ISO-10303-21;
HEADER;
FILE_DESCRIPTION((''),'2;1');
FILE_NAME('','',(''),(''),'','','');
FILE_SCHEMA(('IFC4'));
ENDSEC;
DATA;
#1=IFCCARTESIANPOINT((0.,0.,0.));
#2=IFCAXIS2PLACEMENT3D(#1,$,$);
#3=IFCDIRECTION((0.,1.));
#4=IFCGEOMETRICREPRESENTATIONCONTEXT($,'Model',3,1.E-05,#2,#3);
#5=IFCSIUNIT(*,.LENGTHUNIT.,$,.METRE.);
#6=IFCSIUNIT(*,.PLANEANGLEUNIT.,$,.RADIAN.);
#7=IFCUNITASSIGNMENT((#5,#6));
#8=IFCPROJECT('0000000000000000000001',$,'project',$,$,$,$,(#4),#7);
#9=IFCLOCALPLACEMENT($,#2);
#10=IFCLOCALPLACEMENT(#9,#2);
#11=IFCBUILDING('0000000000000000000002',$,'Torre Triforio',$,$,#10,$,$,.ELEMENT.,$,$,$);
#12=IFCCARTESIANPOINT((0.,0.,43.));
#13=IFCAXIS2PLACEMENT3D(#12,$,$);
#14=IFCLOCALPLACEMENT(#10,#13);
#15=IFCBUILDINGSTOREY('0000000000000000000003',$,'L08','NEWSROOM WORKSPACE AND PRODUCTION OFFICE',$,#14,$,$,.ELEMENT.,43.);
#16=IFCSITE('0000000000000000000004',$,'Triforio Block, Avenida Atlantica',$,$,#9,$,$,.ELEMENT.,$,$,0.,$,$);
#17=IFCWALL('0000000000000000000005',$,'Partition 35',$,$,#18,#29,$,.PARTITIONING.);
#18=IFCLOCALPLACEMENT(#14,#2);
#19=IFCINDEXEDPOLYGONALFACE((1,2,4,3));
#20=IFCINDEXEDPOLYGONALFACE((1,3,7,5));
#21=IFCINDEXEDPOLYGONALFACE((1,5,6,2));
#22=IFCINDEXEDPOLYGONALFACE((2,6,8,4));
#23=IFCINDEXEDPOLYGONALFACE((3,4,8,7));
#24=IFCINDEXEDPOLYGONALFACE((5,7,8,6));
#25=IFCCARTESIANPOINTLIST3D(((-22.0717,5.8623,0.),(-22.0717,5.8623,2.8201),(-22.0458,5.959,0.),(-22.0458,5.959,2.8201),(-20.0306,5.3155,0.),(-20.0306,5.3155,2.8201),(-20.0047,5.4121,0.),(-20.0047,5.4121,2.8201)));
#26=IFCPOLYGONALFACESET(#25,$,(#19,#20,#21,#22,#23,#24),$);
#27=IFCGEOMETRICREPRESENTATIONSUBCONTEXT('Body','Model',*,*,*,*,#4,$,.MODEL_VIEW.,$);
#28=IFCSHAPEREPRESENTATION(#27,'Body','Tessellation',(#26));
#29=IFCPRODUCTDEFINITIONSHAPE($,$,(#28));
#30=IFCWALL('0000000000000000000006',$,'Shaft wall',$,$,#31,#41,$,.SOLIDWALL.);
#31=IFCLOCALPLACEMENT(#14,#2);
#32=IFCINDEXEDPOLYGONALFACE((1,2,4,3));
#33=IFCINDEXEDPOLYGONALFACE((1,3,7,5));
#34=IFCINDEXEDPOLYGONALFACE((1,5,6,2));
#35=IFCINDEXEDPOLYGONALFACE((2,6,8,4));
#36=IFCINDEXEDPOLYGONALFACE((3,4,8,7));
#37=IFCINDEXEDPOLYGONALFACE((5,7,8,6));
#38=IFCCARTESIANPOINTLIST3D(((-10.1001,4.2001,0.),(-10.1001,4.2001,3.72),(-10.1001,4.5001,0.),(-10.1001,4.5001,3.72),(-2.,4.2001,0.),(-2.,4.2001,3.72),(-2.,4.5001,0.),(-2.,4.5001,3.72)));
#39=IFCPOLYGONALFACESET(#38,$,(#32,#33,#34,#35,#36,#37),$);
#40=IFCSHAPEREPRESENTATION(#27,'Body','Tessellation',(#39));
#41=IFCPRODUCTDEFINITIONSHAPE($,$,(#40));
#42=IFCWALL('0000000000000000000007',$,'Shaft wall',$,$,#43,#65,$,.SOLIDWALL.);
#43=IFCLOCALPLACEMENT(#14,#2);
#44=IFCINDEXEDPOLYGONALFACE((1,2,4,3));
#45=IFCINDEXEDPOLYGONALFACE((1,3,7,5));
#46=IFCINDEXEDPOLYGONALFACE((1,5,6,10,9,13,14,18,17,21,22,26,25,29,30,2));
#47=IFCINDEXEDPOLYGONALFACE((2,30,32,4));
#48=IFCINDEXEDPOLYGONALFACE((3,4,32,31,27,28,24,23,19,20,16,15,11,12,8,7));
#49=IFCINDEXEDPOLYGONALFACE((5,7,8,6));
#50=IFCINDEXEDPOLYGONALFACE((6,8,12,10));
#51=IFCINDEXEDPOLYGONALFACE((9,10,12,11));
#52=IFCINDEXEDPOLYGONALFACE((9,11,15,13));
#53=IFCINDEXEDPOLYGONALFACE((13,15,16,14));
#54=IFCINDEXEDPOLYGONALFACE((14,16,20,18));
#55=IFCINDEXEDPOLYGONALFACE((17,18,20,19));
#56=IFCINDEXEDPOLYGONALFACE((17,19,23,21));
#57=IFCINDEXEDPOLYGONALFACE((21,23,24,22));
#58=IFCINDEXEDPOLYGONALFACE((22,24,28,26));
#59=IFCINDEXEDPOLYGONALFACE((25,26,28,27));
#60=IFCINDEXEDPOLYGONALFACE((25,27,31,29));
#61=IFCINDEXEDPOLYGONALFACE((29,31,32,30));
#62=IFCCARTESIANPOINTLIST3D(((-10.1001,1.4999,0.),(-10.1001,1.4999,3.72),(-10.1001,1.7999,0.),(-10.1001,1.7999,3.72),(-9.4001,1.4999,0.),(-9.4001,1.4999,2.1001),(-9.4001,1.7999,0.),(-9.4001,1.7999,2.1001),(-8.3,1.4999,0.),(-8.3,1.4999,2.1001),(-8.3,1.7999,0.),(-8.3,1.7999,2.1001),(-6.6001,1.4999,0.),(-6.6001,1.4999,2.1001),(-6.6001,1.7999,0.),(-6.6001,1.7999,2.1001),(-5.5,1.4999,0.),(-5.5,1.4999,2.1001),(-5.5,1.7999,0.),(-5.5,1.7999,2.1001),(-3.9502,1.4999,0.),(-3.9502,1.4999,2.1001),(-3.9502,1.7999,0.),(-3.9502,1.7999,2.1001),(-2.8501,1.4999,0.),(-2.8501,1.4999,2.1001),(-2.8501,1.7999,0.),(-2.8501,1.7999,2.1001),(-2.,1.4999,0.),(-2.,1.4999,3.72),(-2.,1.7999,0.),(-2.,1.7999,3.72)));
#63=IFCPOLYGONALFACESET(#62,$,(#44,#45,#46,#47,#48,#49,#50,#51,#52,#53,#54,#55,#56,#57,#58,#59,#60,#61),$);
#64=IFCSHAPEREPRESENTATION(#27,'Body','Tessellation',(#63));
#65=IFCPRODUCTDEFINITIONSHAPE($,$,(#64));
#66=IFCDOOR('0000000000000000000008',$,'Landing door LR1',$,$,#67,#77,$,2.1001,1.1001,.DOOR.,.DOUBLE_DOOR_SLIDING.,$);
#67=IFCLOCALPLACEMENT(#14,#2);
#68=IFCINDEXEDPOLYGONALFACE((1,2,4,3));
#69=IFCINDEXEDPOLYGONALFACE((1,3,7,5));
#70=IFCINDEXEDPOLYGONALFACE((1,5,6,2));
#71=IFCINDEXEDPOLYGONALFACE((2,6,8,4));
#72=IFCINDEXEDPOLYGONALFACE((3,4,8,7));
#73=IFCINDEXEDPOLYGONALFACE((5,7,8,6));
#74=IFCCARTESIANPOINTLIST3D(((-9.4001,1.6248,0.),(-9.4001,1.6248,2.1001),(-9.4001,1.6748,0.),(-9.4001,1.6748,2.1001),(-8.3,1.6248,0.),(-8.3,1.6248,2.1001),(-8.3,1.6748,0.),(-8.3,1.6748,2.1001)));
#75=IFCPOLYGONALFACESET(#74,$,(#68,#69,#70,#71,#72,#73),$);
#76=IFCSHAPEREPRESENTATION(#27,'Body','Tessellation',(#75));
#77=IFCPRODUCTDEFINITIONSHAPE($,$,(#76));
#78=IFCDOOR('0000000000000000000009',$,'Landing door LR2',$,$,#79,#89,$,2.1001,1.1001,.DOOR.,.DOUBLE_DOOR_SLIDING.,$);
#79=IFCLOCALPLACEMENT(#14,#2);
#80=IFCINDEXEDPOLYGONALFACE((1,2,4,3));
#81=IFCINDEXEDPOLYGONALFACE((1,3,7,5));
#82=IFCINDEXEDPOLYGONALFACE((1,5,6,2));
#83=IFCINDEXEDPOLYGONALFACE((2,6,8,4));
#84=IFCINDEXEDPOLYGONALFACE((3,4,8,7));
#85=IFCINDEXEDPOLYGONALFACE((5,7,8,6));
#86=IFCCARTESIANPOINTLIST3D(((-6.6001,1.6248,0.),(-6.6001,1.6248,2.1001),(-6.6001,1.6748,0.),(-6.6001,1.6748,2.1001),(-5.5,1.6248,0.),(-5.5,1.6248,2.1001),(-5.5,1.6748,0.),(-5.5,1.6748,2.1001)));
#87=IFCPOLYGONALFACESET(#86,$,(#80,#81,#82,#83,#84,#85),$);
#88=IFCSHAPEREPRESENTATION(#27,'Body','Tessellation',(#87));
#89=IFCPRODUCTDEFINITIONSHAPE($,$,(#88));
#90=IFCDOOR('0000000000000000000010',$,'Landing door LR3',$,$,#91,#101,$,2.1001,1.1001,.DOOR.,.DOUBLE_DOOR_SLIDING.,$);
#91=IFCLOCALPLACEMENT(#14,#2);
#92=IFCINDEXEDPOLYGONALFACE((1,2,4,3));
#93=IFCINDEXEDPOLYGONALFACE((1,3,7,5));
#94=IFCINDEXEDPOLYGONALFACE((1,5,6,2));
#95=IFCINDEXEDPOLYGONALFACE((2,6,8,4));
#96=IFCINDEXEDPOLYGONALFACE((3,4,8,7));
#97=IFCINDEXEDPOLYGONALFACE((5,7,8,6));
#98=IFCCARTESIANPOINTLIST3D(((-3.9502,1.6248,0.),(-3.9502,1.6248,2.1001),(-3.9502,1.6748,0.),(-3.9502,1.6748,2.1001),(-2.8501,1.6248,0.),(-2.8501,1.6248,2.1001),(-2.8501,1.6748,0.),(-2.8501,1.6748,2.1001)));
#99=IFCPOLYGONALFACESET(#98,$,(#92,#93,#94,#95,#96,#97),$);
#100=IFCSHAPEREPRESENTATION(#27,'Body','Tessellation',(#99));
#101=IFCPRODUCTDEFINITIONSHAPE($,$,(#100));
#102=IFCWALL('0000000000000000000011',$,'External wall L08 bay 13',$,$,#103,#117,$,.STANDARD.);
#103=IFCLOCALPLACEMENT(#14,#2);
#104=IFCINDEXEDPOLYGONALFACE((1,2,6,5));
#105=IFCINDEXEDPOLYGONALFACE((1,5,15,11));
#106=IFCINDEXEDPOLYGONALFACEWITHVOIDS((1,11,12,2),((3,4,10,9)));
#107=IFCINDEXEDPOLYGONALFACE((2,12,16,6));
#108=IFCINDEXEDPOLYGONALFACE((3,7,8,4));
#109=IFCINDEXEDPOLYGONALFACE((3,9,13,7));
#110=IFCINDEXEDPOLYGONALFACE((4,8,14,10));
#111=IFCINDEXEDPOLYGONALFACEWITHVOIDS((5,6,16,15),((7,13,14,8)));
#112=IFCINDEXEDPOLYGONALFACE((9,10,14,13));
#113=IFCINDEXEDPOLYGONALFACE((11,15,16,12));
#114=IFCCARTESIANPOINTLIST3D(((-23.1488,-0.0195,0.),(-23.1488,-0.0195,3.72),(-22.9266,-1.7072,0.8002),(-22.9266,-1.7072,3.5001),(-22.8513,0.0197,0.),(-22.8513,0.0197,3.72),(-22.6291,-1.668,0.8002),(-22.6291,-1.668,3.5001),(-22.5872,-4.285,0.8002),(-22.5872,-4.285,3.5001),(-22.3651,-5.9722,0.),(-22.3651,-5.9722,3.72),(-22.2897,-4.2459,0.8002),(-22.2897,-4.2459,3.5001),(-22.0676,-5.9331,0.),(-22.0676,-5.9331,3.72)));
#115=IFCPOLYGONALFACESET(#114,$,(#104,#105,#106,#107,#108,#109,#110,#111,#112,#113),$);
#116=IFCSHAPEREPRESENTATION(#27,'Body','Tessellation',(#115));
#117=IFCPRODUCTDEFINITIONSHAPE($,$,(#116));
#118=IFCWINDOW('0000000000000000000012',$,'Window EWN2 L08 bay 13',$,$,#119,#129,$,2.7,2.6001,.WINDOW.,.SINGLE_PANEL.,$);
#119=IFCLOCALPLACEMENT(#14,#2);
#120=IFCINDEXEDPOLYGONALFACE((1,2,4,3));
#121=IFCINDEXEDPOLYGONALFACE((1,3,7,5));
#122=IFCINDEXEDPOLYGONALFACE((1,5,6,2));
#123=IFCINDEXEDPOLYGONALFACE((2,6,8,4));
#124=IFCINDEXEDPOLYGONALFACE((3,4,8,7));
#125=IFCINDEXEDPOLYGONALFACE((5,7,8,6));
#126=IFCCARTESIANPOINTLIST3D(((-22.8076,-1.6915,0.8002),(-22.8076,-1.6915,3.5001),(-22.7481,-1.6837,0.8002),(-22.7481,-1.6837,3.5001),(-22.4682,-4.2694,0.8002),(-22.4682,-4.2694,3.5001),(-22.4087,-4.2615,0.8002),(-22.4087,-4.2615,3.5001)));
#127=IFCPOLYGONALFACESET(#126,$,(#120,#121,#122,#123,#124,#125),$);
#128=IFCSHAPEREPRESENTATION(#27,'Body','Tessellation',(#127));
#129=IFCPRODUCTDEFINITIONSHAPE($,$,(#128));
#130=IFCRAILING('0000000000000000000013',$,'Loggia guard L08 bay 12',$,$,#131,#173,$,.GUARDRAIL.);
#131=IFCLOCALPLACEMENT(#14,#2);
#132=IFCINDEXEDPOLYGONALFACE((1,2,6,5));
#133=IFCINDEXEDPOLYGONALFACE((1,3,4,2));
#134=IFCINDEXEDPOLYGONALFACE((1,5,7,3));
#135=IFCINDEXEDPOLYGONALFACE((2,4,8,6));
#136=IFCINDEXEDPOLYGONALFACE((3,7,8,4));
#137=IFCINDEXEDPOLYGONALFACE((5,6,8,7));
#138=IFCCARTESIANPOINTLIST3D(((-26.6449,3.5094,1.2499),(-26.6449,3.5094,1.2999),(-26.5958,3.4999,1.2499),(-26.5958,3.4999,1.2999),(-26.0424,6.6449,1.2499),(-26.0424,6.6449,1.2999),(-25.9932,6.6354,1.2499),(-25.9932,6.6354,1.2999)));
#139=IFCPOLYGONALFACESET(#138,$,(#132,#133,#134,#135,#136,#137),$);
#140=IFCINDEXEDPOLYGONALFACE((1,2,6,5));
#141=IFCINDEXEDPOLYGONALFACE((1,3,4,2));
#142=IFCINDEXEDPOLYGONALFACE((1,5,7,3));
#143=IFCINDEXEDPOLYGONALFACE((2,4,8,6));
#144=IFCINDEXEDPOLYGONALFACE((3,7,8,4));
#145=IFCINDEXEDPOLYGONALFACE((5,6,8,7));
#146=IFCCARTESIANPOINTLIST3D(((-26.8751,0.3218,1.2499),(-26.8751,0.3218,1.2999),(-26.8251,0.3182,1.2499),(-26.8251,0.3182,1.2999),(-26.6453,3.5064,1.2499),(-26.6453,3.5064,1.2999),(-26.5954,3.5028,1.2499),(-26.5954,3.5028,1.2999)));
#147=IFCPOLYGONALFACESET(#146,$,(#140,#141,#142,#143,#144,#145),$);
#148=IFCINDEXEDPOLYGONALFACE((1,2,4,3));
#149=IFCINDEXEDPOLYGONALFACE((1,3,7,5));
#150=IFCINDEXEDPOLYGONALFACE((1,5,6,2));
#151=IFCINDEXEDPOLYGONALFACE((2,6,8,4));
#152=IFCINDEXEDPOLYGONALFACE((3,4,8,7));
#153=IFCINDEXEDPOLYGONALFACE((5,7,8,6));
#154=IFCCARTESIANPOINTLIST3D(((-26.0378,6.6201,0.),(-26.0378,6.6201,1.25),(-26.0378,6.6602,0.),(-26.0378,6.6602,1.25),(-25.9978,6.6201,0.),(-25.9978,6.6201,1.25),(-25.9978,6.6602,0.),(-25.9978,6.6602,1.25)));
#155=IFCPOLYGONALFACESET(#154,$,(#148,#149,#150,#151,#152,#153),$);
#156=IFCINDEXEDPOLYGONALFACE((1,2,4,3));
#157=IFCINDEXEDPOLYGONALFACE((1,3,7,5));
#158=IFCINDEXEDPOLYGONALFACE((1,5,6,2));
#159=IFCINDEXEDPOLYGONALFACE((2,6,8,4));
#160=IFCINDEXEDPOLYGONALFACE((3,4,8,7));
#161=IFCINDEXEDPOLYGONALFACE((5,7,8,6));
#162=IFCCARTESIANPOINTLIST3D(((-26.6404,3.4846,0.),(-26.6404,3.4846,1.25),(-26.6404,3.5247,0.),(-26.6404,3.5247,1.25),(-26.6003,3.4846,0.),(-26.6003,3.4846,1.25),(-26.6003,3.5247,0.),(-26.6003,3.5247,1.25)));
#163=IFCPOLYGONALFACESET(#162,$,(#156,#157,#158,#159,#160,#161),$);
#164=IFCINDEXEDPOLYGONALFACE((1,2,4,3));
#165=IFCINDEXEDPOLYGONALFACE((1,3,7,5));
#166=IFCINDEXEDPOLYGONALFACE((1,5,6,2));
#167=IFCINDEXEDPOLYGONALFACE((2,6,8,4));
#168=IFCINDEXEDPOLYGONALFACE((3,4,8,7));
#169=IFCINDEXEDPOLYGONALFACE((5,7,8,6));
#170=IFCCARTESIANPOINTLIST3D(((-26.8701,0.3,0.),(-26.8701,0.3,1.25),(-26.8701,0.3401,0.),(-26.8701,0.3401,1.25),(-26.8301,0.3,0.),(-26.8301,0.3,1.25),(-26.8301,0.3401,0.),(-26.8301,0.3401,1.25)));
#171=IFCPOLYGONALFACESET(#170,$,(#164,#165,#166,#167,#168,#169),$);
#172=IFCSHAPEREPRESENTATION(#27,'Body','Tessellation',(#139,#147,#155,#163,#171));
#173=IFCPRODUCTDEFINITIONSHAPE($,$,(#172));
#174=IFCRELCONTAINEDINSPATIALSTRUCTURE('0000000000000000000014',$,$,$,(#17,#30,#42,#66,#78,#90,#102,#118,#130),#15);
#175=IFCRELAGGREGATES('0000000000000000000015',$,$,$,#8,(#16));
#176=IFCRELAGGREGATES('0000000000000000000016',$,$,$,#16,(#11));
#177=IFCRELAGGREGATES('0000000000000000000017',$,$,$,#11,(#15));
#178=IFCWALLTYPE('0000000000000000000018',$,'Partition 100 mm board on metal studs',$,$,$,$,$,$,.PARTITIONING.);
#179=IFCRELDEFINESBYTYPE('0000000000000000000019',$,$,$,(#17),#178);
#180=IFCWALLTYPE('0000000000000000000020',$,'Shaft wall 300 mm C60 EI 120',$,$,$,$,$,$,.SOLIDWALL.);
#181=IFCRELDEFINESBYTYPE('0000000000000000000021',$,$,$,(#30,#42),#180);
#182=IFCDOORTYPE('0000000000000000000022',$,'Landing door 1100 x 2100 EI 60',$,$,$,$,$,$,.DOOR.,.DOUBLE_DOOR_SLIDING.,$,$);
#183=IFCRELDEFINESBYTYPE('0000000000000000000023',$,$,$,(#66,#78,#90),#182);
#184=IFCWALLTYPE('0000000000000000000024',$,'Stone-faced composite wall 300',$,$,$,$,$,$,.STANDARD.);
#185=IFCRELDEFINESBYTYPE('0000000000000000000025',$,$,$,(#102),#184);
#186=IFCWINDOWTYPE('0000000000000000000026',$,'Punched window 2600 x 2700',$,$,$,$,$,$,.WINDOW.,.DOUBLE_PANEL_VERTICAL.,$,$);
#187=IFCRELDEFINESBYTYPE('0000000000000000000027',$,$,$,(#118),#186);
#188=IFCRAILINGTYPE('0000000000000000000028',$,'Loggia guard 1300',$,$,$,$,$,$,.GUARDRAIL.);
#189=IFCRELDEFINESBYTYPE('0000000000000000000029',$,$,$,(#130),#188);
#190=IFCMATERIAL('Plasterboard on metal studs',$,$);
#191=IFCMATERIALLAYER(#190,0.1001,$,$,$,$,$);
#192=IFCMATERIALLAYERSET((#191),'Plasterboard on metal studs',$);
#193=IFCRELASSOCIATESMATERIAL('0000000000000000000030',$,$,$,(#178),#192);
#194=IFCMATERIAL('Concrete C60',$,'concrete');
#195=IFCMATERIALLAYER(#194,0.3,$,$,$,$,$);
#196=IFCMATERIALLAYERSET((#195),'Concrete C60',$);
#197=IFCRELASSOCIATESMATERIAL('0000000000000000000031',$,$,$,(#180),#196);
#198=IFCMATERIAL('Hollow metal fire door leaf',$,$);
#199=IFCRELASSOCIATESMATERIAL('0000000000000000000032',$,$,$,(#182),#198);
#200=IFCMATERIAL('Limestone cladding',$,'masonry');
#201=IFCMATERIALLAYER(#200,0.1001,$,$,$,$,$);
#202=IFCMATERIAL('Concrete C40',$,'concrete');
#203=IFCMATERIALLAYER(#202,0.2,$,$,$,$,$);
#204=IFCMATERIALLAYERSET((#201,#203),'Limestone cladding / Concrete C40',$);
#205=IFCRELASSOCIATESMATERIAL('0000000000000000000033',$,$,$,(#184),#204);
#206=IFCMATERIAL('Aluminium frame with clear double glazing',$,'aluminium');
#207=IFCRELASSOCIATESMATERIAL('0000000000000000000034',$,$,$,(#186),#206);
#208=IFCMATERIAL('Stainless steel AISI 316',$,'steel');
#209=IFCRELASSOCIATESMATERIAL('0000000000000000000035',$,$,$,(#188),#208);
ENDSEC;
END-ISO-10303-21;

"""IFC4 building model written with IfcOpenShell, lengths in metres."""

from ifc_helpers import new_model, si_unit, direction, frame, frame_2d, origin, origin_2d, place, context, subcontext, project, spatial, rectangle, extrude, material, layer, layer_set, type_object, element, fill, save


model = new_model("IFC4")

# Units and contexts
model_context = context("Model", 3, precision=1e-05, world=origin(), true_north=direction((0.0, 1.0)))
body_context = subcontext(model_context, "Body", "Model", "MODEL_VIEW")
ifc_project = project(units=[si_unit("LENGTHUNIT", "METRE"), si_unit("PLANEANGLEUNIT", "RADIAN")], contexts=[model_context])

# Site, building, storey
site_placement = place(None, origin())
site = spatial("IfcSite", under=ifc_project, at=site_placement, Name="Triforio Block, Avenida Atlantica", CompositionType="ELEMENT", RefElevation=0.0)
building_placement = place(site_placement, origin())
building = spatial("IfcBuilding", under=site, at=building_placement, Name="Torre Triforio", CompositionType="ELEMENT")
storey_placement = place(building_placement, frame((0.0, 0.0, 43.0)))
storey = spatial("IfcBuildingStorey", under=building, at=storey_placement, Name="L08", Description="NEWSROOM WORKSPACE AND PRODUCTION OFFICE", CompositionType="ELEMENT", Elevation=43.0)

# Shared definitions
ifc_material_1 = material(Name="Concrete C60", Category="concrete")
ifc_material_2 = material(Name="Hollow metal fire door leaf")

# Shared definitions
ifc_material_3 = material(Name="Plasterboard on metal studs")

# Walls
ifc_layer_1 = layer(ifc_material_3, 0.1001)
ifc_layer_set_1 = layer_set([ifc_layer_1], Name="Plasterboard on metal studs")
wall_type_1 = type_object("IfcWallType", Name="Partition 100 mm board on metal studs", PredefinedType="PARTITIONING", material=ifc_layer_set_1)
wall_1_placement = place(storey_placement, frame((-20.0176, 5.3638, 0.0), z_axis=(0.0, 0.0, 1.0), x_axis=(-0.965927, 0.258813, 0.0)))
element("IfcWall", 1, at=wall_1_placement, inside=storey, type_object=wall_type_1, Name="Partition 35", PredefinedType="PARTITIONING", context=body_context, shape_type="SweptSolid", body=[
    extrude(rectangle(XDim=2.113, YDim=0.1001, at=frame_2d((1.0566, 0.0))), origin(), (0.0, 0.0, 1.0), 2.8201),
])
ifc_layer_2 = layer(ifc_material_1, 0.3)
ifc_layer_set_2 = layer_set([ifc_layer_2], Name="Concrete C60")
wall_type_2 = type_object("IfcWallType", Name="Shaft wall 300 mm C60 EI 120", PredefinedType="SOLIDWALL", material=ifc_layer_set_2)
wall_2_placement = place(storey_placement, frame((-10.1001, 4.3501, 0.0), z_axis=(0.0, 0.0, 1.0), x_axis=(1.0, 0.0, 0.0)))
element("IfcWall", 2, at=wall_2_placement, inside=storey, type_object=wall_type_2, Name="Shaft wall", PredefinedType="SOLIDWALL", context=body_context, shape_type="SweptSolid", body=[
    extrude(rectangle(XDim=8.1001, YDim=0.3, at=frame_2d((4.05, 0.0))), origin(), (0.0, 0.0, 1.0), 3.72),
])

# Wall, openings, doors
wall_3_placement = place(storey_placement, frame((-10.1001, 1.6499, 0.0), z_axis=(0.0, 0.0, 1.0), x_axis=(1.0, 0.0, 0.0)))
wall_3 = element("IfcWall", 3, at=wall_3_placement, inside=storey, type_object=wall_type_2, Name="Shaft wall", PredefinedType="SOLIDWALL", context=body_context, shape_type="SweptSolid", body=[
    extrude(rectangle(XDim=8.1001, YDim=0.3, at=frame_2d((4.05, 0.0))), origin(), (0.0, 0.0, 1.0), 3.72),
])
opening_1_placement = place(wall_3_placement, frame((0.7, 0.0, 0.0)))
opening_1 = element("IfcOpeningElement", 4, at=opening_1_placement, cuts=wall_3, PredefinedType="OPENING", context=body_context, shape_type="SweptSolid", body=[
    extrude(rectangle(XDim=1.1001, YDim=2.1001, at=frame_2d((0.55, 1.05))), frame((0.0, 0.1599, 0.0), z_axis=(0.0, -1.0, 0.0), x_axis=(1.0, 0.0, 0.0)), (0.0, 0.0, 1.0), 0.3201),
])
opening_2_placement = place(wall_3_placement, frame((3.5, 0.0, 0.0)))
opening_2 = element("IfcOpeningElement", 5, at=opening_2_placement, cuts=wall_3, PredefinedType="OPENING", context=body_context, shape_type="SweptSolid", body=[
    extrude(rectangle(XDim=1.1001, YDim=2.1001, at=frame_2d((0.55, 1.05))), frame((0.0, 0.1599, 0.0), z_axis=(0.0, -1.0, 0.0), x_axis=(1.0, 0.0, 0.0)), (0.0, 0.0, 1.0), 0.3201),
])
opening_3_placement = place(wall_3_placement, frame((6.1499, 0.0, 0.0)))
opening_3 = element("IfcOpeningElement", 6, at=opening_3_placement, cuts=wall_3, PredefinedType="OPENING", context=body_context, shape_type="SweptSolid", body=[
    extrude(rectangle(XDim=1.1001, YDim=2.1001, at=frame_2d((0.55, 1.05))), frame((0.0, 0.1599, 0.0), z_axis=(0.0, -1.0, 0.0), x_axis=(1.0, 0.0, 0.0)), (0.0, 0.0, 1.0), 0.3201),
])
door_type_1 = type_object("IfcDoorType", Name="Landing door 1100 x 2100 EI 60", OperationType="DOUBLE_DOOR_SLIDING", PredefinedType="DOOR", material=ifc_material_2)
door_1_placement = place(opening_1_placement, origin())
door_1 = element("IfcDoor", 7, at=door_1_placement, inside=storey, type_object=door_type_1, Name="Landing door LR1", OperationType="DOUBLE_DOOR_SLIDING", OverallHeight=2.1001, OverallWidth=1.1001, PredefinedType="DOOR", context=body_context, shape_type="SweptSolid", body=[
    extrude(rectangle(XDim=1.1001, YDim=2.1001, at=frame_2d((0.55, 1.05))), frame((0.0, 0.0249, 0.0), z_axis=(0.0, -1.0, 0.0), x_axis=(1.0, 0.0, 0.0)), (0.0, 0.0, 1.0), 0.05),
])
fill(opening_1, door_1)
door_2_placement = place(opening_2_placement, origin())
door_2 = element("IfcDoor", 8, at=door_2_placement, inside=storey, type_object=door_type_1, Name="Landing door LR2", OperationType="DOUBLE_DOOR_SLIDING", OverallHeight=2.1001, OverallWidth=1.1001, PredefinedType="DOOR", context=body_context, shape_type="SweptSolid", body=[
    extrude(rectangle(XDim=1.1001, YDim=2.1001, at=frame_2d((0.55, 1.05))), frame((0.0, 0.0249, 0.0), z_axis=(0.0, -1.0, 0.0), x_axis=(1.0, 0.0, 0.0)), (0.0, 0.0, 1.0), 0.05),
])
fill(opening_2, door_2)
door_3_placement = place(opening_3_placement, origin())
door_3 = element("IfcDoor", 9, at=door_3_placement, inside=storey, type_object=door_type_1, Name="Landing door LR3", OperationType="DOUBLE_DOOR_SLIDING", OverallHeight=2.1001, OverallWidth=1.1001, PredefinedType="DOOR", context=body_context, shape_type="SweptSolid", body=[
    extrude(rectangle(XDim=1.1001, YDim=2.1001, at=frame_2d((0.55, 1.05))), frame((0.0, 0.0249, 0.0), z_axis=(0.0, -1.0, 0.0), x_axis=(1.0, 0.0, 0.0)), (0.0, 0.0, 1.0), 0.05),
])
fill(opening_3, door_3)

# Shared definitions
ifc_material_4 = material(Name="Limestone cladding", Category="masonry")
ifc_layer_3 = layer(ifc_material_4, 0.1001)
ifc_material_5 = material(Name="Concrete C40", Category="concrete")
ifc_layer_4 = layer(ifc_material_5, 0.2)
ifc_layer_set_3 = layer_set([ifc_layer_3, ifc_layer_4], Name="Limestone cladding / Concrete C40")
wall_type_3 = type_object("IfcWallType", Name="Stone-faced composite wall 300", PredefinedType="STANDARD", material=ifc_layer_set_3)
ifc_material_6 = material(Name="Aluminium frame with clear double glazing", Category="aluminium")

# Wall, opening, window
wall_4_placement = place(storey_placement, frame((-23.0, 0.0, 0.0), z_axis=(0.0, 0.0, 1.0), x_axis=(0.130523, -0.991445, 0.0)))
wall_4 = element("IfcWall", 10, at=wall_4_placement, inside=storey, type_object=wall_type_3, Name="External wall L08 bay 13", PredefinedType="STANDARD", context=body_context, shape_type="SweptSolid", body=[
    extrude(rectangle(XDim=6.0042, YDim=0.3, at=frame_2d((3.002, 0.0))), origin(), (0.0, 0.0, 1.0), 3.72),
])
opening_4_placement = place(wall_4_placement, frame((1.7021, 0.0, 0.8)))
opening_4 = element("IfcOpeningElement", 11, at=opening_4_placement, cuts=wall_4, PredefinedType="OPENING", context=body_context, shape_type="SweptSolid", body=[
    extrude(rectangle(XDim=2.6001, YDim=2.7, at=frame_2d((1.3, 1.3501))), frame((0.0, 0.1599, 0.0), z_axis=(0.0, -1.0, 0.0), x_axis=(1.0, 0.0, 0.0)), (0.0, 0.0, 1.0), 0.3201),
])
window_type_1 = type_object("IfcWindowType", Name="Punched window 2600 x 2700", PartitioningType="DOUBLE_PANEL_VERTICAL", PredefinedType="WINDOW", material=ifc_material_6)
window_1_placement = place(opening_4_placement, origin())
window_1 = element("IfcWindow", 12, at=window_1_placement, inside=storey, type_object=window_type_1, Name="Window EWN2 L08 bay 13", OverallHeight=2.7, OverallWidth=2.6001, PartitioningType="SINGLE_PANEL", PredefinedType="WINDOW", context=body_context, shape_type="SweptSolid", body=[
    extrude(rectangle(XDim=2.6001, YDim=2.7, at=frame_2d((1.3, 1.3501))), frame((0.0, 0.03, 0.0), z_axis=(0.0, -1.0, 0.0), x_axis=(1.0, 0.0, 0.0)), (0.0, 0.0, 1.0), 0.0601),
])
fill(opening_4, window_1)

# Railing
ifc_material_7 = material(Name="Stainless steel AISI 316", Category="steel")
railing_type = type_object("IfcRailingType", Name="Loggia guard 1300", PredefinedType="GUARDRAIL", material=ifc_material_7)
railing_placement = place(storey_placement, frame((-26.0178, 6.6401, 0.0)))
element("IfcRailing", 13, at=railing_placement, inside=storey, type_object=railing_type, Name="Loggia guard L08 bay 12", PredefinedType="GUARDRAIL", context=body_context, shape_type="SweptSolid", body=[
    extrude(rectangle(XDim=0.05, YDim=0.05, at=origin_2d()), frame((0.0, 0.0, 1.2749), z_axis=(-0.188714, -0.982032, 0.0), x_axis=(0.982032, -0.188714, 0.0)), (0.0, 0.0, 1.0), 3.1929),
    extrude(rectangle(XDim=0.05, YDim=0.05, at=origin_2d()), frame((-0.6025, -3.1355, 1.2749), z_axis=(-0.071953, -0.997408, 0.0), x_axis=(0.997408, -0.071953, 0.0)), (0.0, 0.0, 1.0), 3.1929),
    extrude(rectangle(XDim=0.04, YDim=0.04, at=origin_2d()), origin(), (0.0, 0.0, 1.0), 1.25),
    extrude(rectangle(XDim=0.04, YDim=0.04, at=origin_2d()), frame((-0.6025, -3.1355, 0.0)), (0.0, 0.0, 1.0), 1.25),
    extrude(rectangle(XDim=0.04, YDim=0.04, at=origin_2d()), frame((-0.8323, -6.3201, 0.0)), (0.0, 0.0, 1.0), 1.25),
])

save(model, "model.ifc")
